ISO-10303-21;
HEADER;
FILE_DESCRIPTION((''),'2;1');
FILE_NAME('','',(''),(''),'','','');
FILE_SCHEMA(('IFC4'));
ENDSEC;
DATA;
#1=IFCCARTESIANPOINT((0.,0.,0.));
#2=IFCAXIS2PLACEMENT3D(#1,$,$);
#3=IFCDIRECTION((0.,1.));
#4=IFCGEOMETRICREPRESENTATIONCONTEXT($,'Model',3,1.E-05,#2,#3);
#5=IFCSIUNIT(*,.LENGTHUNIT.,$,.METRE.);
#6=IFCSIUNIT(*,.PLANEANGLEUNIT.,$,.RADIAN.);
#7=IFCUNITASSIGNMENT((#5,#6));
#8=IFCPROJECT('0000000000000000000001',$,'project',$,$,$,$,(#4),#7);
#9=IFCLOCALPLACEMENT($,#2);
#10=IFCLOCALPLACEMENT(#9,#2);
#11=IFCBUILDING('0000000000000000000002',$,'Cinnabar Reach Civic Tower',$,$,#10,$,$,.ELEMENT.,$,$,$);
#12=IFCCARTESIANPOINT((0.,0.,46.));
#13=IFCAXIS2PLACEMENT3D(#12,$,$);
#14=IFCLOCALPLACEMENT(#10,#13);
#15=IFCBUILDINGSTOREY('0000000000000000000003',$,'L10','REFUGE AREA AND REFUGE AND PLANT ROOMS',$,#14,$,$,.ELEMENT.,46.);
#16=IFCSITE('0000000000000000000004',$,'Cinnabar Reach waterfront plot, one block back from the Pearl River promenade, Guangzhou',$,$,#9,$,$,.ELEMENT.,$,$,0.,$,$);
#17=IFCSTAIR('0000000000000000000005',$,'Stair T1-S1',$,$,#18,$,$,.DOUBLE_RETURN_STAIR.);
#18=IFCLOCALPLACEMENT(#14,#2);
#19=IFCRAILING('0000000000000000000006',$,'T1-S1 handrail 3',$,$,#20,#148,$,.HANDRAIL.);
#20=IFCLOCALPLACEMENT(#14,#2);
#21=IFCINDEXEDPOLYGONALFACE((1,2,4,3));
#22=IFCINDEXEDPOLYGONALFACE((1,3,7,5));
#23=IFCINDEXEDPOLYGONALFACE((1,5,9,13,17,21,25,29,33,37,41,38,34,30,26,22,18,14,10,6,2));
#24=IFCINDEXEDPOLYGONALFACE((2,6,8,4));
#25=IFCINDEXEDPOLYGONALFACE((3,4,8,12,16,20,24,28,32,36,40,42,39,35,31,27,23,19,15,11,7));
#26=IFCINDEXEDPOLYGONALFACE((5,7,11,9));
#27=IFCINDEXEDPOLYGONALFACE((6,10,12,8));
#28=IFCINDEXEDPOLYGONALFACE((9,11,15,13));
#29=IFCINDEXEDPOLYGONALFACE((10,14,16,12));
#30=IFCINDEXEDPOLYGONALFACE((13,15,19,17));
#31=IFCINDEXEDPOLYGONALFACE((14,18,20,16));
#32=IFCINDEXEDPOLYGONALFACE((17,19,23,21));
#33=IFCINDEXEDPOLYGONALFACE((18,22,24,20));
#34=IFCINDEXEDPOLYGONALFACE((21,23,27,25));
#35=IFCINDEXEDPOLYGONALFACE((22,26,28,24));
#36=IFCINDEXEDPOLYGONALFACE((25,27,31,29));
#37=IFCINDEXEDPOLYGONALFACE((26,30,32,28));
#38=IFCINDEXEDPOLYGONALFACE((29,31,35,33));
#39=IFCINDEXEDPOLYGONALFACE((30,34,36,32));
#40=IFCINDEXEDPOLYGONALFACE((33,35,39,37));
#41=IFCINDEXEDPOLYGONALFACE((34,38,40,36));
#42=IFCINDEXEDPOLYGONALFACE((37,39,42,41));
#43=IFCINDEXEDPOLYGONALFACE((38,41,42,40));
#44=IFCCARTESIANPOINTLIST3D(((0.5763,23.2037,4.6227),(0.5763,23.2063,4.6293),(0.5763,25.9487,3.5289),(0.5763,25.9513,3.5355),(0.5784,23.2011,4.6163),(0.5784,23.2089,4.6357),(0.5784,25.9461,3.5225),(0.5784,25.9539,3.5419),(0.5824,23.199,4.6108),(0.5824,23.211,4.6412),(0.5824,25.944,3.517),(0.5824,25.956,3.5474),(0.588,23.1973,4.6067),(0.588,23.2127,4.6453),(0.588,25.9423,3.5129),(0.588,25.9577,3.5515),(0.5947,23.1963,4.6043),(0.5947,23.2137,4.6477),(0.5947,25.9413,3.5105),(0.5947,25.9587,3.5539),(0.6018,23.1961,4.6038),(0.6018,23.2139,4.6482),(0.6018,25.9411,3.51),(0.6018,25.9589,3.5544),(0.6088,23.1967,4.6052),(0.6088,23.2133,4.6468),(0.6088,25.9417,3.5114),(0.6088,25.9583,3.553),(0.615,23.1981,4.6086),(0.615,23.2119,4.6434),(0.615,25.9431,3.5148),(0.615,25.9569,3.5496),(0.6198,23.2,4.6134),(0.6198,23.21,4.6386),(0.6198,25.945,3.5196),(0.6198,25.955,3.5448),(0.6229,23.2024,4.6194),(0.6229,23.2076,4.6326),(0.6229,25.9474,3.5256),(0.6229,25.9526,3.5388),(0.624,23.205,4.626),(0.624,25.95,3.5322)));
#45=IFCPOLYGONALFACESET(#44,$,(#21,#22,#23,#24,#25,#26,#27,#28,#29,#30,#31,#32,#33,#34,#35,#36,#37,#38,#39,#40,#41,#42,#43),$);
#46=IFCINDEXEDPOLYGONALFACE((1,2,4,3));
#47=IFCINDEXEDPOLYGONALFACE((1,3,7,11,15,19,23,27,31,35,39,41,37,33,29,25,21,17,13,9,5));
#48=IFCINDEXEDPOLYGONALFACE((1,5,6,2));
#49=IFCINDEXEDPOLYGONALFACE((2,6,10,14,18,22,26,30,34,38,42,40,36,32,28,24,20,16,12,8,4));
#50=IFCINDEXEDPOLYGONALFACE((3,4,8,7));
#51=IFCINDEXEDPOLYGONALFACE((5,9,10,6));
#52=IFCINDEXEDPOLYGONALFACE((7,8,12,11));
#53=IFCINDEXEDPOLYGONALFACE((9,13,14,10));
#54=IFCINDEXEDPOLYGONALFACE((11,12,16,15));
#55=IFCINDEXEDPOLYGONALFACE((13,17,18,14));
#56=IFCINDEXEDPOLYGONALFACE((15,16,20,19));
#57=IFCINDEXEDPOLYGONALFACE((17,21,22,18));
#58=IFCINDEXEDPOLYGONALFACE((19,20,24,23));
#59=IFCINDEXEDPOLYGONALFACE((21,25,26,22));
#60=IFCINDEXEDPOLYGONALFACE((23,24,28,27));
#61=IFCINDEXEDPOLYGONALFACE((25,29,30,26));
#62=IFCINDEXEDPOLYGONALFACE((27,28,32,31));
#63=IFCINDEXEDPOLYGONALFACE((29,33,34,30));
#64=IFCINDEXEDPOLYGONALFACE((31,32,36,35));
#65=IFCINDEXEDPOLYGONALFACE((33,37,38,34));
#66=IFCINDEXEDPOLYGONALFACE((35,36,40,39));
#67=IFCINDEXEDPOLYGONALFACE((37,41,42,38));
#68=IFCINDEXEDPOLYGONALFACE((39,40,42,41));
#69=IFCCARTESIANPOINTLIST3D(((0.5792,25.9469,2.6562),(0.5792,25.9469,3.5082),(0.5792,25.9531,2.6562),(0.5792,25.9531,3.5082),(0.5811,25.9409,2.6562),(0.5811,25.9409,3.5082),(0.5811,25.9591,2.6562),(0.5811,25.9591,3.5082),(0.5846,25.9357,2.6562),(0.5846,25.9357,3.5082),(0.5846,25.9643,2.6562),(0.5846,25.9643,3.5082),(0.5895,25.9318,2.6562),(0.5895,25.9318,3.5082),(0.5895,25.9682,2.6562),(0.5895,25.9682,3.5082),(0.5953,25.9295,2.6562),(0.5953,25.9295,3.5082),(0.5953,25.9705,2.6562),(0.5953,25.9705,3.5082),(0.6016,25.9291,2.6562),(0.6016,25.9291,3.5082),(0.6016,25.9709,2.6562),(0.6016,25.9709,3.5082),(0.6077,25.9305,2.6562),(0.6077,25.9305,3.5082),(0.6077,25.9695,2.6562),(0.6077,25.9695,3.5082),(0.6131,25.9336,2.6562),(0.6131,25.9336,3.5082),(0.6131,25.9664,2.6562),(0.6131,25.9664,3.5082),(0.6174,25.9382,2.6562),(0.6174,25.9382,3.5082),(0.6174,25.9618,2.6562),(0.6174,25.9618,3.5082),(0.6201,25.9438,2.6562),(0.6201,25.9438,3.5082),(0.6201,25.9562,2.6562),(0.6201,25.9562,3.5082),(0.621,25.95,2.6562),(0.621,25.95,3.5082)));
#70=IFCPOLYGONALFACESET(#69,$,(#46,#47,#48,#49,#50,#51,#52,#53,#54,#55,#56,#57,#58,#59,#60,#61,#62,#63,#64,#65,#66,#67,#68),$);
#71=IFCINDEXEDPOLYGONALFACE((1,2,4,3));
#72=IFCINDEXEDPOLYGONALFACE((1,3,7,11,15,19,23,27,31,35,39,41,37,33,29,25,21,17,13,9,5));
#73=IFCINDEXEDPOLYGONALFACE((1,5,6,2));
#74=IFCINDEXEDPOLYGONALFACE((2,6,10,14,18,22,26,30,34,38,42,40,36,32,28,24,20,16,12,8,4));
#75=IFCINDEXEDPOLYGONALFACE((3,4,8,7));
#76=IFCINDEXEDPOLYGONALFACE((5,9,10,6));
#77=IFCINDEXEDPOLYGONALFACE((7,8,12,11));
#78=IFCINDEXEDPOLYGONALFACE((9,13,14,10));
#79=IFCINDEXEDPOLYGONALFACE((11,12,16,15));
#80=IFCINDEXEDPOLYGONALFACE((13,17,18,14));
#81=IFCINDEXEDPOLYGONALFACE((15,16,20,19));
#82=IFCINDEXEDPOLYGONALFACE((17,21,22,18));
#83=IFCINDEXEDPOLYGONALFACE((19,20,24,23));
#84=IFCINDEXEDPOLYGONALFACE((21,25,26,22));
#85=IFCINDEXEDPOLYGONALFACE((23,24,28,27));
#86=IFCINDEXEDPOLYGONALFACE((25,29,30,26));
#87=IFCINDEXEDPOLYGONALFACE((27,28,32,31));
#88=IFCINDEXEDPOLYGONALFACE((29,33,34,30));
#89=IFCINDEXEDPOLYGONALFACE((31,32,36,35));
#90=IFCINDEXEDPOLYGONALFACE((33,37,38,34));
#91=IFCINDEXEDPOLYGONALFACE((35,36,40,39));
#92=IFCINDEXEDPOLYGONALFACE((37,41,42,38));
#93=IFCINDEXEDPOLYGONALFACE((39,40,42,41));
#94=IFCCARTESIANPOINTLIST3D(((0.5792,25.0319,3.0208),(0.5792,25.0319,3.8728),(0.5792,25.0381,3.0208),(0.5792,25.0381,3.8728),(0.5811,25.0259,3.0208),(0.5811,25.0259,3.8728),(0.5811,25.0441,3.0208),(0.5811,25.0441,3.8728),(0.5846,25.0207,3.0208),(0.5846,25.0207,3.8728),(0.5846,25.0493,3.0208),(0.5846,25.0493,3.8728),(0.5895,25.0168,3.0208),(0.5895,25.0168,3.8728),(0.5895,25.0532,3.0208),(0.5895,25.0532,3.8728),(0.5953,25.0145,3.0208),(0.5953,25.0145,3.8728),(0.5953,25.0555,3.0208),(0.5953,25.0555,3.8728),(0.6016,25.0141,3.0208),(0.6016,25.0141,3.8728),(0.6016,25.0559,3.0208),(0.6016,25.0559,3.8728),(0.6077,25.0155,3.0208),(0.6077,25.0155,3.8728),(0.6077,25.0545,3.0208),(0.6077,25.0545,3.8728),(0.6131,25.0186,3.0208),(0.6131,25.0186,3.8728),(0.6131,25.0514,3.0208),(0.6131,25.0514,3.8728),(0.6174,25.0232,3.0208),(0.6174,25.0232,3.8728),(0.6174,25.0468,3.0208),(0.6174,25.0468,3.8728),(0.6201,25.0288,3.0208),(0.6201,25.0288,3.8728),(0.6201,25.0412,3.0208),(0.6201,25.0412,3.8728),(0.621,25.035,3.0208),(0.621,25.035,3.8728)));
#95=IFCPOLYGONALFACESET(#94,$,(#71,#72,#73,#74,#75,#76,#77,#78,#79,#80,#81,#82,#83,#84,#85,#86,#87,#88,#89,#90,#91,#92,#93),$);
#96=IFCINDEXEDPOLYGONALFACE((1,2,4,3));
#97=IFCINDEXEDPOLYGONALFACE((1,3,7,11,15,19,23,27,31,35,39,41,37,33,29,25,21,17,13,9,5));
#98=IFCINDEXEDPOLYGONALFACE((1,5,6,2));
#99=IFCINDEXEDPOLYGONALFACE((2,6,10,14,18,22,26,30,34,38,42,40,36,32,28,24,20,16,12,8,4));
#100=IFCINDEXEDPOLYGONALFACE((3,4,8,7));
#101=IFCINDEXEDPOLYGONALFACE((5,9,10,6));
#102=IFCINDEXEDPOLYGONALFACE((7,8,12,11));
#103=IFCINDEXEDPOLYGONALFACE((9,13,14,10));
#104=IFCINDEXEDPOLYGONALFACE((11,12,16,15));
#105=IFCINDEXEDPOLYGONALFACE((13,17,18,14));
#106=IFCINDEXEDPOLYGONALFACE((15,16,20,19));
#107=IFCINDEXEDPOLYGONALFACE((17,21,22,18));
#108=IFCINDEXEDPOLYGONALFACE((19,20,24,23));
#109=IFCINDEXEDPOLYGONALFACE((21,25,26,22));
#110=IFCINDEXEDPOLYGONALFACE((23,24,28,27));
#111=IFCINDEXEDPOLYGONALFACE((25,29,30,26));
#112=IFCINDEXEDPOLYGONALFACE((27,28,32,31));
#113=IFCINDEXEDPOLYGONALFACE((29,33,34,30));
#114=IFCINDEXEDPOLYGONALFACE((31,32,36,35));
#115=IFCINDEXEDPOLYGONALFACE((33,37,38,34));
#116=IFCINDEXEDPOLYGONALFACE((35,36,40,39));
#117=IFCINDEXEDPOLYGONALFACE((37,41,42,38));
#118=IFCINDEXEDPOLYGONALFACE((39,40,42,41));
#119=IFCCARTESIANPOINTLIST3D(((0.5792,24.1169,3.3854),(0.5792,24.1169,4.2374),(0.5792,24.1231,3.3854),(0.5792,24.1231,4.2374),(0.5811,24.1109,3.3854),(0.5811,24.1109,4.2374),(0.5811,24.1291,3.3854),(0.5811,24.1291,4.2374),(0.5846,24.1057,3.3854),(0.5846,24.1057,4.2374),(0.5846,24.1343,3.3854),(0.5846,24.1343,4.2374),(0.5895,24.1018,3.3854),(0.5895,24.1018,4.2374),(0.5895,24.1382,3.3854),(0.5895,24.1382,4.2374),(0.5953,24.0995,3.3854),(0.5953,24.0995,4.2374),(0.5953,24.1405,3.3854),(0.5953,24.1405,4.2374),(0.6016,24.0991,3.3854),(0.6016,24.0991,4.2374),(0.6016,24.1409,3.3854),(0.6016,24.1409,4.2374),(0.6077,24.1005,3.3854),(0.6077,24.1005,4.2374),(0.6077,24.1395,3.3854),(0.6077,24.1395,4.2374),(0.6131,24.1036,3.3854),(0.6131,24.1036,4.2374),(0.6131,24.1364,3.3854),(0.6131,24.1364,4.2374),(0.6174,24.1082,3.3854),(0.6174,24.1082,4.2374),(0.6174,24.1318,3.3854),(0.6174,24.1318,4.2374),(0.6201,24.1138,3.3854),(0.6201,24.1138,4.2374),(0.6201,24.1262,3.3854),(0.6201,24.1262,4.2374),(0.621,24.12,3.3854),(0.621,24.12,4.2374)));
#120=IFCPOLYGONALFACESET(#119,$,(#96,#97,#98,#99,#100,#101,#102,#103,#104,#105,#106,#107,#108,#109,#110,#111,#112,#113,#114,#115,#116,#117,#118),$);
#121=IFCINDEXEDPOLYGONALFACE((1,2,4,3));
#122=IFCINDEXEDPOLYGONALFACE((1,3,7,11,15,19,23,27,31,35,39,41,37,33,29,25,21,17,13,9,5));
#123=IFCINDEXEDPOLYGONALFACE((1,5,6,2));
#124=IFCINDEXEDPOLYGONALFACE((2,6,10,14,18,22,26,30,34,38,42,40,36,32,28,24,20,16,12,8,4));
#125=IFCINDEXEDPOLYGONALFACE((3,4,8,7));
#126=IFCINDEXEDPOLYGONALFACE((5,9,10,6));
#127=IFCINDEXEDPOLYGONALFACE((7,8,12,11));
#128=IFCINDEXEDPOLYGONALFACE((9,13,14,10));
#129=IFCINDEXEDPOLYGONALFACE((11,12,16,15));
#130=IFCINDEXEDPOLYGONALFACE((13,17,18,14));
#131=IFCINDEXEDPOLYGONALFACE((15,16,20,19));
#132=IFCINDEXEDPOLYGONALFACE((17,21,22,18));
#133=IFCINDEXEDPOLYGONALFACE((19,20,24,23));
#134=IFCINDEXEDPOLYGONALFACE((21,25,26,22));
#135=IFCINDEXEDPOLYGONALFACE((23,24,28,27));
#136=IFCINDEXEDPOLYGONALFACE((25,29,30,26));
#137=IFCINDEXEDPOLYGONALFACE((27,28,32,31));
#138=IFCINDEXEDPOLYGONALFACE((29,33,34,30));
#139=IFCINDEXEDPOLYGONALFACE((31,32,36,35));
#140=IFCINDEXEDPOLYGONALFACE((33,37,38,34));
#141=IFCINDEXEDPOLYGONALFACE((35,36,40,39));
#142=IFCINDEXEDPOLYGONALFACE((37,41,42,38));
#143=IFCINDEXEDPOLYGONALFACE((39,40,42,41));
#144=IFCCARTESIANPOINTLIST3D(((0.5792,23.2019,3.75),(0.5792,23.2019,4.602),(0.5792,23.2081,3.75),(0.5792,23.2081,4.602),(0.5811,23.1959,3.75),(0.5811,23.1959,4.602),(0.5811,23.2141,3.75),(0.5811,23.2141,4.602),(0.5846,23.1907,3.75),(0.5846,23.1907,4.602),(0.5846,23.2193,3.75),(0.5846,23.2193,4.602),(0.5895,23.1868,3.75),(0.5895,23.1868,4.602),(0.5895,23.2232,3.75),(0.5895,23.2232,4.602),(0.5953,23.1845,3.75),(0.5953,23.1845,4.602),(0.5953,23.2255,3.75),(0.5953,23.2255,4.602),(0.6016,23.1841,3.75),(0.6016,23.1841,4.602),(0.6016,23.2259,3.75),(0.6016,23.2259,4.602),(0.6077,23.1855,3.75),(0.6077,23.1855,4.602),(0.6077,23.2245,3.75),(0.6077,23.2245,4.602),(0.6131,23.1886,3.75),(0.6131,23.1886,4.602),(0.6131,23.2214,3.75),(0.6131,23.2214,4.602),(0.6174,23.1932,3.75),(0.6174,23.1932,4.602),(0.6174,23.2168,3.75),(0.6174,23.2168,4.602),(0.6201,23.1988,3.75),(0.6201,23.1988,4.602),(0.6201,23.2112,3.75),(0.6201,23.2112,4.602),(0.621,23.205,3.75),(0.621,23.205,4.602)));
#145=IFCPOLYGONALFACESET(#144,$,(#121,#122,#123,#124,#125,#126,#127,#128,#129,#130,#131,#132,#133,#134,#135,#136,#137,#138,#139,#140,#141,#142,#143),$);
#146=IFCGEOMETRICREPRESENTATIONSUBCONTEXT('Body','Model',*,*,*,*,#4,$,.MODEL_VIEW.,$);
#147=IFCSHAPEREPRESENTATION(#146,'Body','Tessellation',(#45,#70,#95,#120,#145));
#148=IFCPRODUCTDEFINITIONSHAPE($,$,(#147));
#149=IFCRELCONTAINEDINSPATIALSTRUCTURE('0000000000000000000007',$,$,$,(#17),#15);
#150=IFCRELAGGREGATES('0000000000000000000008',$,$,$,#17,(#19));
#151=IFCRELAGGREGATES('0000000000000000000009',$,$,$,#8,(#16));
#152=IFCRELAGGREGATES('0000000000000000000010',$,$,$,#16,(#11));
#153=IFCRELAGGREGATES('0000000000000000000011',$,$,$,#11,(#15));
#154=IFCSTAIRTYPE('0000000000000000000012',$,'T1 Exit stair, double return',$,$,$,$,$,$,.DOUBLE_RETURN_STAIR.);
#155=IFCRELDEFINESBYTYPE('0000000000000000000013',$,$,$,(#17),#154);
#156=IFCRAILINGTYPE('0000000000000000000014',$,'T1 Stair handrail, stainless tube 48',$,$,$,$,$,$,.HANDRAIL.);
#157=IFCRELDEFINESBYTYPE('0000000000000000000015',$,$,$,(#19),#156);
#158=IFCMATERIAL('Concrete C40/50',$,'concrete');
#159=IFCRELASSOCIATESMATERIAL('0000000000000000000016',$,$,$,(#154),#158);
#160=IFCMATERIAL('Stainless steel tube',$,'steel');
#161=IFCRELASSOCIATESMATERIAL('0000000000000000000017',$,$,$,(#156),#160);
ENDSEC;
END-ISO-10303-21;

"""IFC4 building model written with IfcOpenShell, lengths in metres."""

from ifc_helpers import new_model, si_unit, direction, frame, origin, origin_2d, place, context, subcontext, project, spatial, circle, extrude, material, type_object, element, aggregate, save


model = new_model("IFC4")

# Units and contexts
model_context = context("Model", 3, precision=1e-05, world=origin(), true_north=direction((0.0, 1.0)))
body_context = subcontext(model_context, "Body", "Model", "MODEL_VIEW")
ifc_project = project(units=[si_unit("LENGTHUNIT", "METRE"), si_unit("PLANEANGLEUNIT", "RADIAN")], contexts=[model_context])

# Site, building, storey
site_placement = place(None, origin())
site = spatial("IfcSite", under=ifc_project, at=site_placement, Name="Cinnabar Reach waterfront plot, one block back from the Pearl River promenade, Guangzhou", CompositionType="ELEMENT", RefElevation=0.0)
building_placement = place(site_placement, origin())
building = spatial("IfcBuilding", under=site, at=building_placement, Name="Cinnabar Reach Civic Tower", CompositionType="ELEMENT")
storey_placement = place(building_placement, frame((0.0, 0.0, 46.0)))
storey = spatial("IfcBuildingStorey", under=building, at=storey_placement, Name="L10", Description="REFUGE AREA AND REFUGE AND PLANT ROOMS", CompositionType="ELEMENT", Elevation=46.0)

# Shared definitions
ifc_material_1 = material(Name="Concrete C40/50", Category="concrete")

# Stair
stair_type = type_object("IfcStairType", Name="T1 Exit stair, double return", PredefinedType="DOUBLE_RETURN_STAIR", material=ifc_material_1)
stair_1_placement = place(storey_placement, origin())
stair_1 = element("IfcStair", 1, at=stair_1_placement, inside=storey, type_object=stair_type, Name="Stair T1-S1", PredefinedType="DOUBLE_RETURN_STAIR")

# Railing
ifc_material_2 = material(Name="Stainless steel tube", Category="steel")
railing_type_1 = type_object("IfcRailingType", Name="T1 Stair handrail, stainless tube 48", PredefinedType="HANDRAIL", material=ifc_material_2)
railing_1_placement = place(storey_placement, frame((0.6, 25.95, 2.6562)))
railing_1 = element("IfcRailing", 2, at=railing_1_placement, type_object=railing_type_1, Name="T1-S1 handrail 3", PredefinedType="HANDRAIL", context=body_context, shape_type="SweptSolid", body=[
    extrude(circle(Radius=0.024, at=origin_2d()), frame((0.0, 0.0, 0.876), z_axis=(0.0, -0.928966, 0.370165), x_axis=(1.0, 0.0, 0.0)), (0.0, 0.0, 1.0), 2.9549),
    extrude(circle(Radius=0.021, at=origin_2d()), origin(), (0.0, 0.0, 1.0), 0.852),
    extrude(circle(Radius=0.021, at=origin_2d()), frame((0.0, -0.915, 0.3646)), (0.0, 0.0, 1.0), 0.852),
    extrude(circle(Radius=0.021, at=origin_2d()), frame((0.0, -1.83, 0.7292)), (0.0, 0.0, 1.0), 0.852),
    extrude(circle(Radius=0.021, at=origin_2d()), frame((0.0, -2.745, 1.0938)), (0.0, 0.0, 1.0), 0.852),
])
aggregate(stair_1, [railing_1])

save(model, "model.ifc")
